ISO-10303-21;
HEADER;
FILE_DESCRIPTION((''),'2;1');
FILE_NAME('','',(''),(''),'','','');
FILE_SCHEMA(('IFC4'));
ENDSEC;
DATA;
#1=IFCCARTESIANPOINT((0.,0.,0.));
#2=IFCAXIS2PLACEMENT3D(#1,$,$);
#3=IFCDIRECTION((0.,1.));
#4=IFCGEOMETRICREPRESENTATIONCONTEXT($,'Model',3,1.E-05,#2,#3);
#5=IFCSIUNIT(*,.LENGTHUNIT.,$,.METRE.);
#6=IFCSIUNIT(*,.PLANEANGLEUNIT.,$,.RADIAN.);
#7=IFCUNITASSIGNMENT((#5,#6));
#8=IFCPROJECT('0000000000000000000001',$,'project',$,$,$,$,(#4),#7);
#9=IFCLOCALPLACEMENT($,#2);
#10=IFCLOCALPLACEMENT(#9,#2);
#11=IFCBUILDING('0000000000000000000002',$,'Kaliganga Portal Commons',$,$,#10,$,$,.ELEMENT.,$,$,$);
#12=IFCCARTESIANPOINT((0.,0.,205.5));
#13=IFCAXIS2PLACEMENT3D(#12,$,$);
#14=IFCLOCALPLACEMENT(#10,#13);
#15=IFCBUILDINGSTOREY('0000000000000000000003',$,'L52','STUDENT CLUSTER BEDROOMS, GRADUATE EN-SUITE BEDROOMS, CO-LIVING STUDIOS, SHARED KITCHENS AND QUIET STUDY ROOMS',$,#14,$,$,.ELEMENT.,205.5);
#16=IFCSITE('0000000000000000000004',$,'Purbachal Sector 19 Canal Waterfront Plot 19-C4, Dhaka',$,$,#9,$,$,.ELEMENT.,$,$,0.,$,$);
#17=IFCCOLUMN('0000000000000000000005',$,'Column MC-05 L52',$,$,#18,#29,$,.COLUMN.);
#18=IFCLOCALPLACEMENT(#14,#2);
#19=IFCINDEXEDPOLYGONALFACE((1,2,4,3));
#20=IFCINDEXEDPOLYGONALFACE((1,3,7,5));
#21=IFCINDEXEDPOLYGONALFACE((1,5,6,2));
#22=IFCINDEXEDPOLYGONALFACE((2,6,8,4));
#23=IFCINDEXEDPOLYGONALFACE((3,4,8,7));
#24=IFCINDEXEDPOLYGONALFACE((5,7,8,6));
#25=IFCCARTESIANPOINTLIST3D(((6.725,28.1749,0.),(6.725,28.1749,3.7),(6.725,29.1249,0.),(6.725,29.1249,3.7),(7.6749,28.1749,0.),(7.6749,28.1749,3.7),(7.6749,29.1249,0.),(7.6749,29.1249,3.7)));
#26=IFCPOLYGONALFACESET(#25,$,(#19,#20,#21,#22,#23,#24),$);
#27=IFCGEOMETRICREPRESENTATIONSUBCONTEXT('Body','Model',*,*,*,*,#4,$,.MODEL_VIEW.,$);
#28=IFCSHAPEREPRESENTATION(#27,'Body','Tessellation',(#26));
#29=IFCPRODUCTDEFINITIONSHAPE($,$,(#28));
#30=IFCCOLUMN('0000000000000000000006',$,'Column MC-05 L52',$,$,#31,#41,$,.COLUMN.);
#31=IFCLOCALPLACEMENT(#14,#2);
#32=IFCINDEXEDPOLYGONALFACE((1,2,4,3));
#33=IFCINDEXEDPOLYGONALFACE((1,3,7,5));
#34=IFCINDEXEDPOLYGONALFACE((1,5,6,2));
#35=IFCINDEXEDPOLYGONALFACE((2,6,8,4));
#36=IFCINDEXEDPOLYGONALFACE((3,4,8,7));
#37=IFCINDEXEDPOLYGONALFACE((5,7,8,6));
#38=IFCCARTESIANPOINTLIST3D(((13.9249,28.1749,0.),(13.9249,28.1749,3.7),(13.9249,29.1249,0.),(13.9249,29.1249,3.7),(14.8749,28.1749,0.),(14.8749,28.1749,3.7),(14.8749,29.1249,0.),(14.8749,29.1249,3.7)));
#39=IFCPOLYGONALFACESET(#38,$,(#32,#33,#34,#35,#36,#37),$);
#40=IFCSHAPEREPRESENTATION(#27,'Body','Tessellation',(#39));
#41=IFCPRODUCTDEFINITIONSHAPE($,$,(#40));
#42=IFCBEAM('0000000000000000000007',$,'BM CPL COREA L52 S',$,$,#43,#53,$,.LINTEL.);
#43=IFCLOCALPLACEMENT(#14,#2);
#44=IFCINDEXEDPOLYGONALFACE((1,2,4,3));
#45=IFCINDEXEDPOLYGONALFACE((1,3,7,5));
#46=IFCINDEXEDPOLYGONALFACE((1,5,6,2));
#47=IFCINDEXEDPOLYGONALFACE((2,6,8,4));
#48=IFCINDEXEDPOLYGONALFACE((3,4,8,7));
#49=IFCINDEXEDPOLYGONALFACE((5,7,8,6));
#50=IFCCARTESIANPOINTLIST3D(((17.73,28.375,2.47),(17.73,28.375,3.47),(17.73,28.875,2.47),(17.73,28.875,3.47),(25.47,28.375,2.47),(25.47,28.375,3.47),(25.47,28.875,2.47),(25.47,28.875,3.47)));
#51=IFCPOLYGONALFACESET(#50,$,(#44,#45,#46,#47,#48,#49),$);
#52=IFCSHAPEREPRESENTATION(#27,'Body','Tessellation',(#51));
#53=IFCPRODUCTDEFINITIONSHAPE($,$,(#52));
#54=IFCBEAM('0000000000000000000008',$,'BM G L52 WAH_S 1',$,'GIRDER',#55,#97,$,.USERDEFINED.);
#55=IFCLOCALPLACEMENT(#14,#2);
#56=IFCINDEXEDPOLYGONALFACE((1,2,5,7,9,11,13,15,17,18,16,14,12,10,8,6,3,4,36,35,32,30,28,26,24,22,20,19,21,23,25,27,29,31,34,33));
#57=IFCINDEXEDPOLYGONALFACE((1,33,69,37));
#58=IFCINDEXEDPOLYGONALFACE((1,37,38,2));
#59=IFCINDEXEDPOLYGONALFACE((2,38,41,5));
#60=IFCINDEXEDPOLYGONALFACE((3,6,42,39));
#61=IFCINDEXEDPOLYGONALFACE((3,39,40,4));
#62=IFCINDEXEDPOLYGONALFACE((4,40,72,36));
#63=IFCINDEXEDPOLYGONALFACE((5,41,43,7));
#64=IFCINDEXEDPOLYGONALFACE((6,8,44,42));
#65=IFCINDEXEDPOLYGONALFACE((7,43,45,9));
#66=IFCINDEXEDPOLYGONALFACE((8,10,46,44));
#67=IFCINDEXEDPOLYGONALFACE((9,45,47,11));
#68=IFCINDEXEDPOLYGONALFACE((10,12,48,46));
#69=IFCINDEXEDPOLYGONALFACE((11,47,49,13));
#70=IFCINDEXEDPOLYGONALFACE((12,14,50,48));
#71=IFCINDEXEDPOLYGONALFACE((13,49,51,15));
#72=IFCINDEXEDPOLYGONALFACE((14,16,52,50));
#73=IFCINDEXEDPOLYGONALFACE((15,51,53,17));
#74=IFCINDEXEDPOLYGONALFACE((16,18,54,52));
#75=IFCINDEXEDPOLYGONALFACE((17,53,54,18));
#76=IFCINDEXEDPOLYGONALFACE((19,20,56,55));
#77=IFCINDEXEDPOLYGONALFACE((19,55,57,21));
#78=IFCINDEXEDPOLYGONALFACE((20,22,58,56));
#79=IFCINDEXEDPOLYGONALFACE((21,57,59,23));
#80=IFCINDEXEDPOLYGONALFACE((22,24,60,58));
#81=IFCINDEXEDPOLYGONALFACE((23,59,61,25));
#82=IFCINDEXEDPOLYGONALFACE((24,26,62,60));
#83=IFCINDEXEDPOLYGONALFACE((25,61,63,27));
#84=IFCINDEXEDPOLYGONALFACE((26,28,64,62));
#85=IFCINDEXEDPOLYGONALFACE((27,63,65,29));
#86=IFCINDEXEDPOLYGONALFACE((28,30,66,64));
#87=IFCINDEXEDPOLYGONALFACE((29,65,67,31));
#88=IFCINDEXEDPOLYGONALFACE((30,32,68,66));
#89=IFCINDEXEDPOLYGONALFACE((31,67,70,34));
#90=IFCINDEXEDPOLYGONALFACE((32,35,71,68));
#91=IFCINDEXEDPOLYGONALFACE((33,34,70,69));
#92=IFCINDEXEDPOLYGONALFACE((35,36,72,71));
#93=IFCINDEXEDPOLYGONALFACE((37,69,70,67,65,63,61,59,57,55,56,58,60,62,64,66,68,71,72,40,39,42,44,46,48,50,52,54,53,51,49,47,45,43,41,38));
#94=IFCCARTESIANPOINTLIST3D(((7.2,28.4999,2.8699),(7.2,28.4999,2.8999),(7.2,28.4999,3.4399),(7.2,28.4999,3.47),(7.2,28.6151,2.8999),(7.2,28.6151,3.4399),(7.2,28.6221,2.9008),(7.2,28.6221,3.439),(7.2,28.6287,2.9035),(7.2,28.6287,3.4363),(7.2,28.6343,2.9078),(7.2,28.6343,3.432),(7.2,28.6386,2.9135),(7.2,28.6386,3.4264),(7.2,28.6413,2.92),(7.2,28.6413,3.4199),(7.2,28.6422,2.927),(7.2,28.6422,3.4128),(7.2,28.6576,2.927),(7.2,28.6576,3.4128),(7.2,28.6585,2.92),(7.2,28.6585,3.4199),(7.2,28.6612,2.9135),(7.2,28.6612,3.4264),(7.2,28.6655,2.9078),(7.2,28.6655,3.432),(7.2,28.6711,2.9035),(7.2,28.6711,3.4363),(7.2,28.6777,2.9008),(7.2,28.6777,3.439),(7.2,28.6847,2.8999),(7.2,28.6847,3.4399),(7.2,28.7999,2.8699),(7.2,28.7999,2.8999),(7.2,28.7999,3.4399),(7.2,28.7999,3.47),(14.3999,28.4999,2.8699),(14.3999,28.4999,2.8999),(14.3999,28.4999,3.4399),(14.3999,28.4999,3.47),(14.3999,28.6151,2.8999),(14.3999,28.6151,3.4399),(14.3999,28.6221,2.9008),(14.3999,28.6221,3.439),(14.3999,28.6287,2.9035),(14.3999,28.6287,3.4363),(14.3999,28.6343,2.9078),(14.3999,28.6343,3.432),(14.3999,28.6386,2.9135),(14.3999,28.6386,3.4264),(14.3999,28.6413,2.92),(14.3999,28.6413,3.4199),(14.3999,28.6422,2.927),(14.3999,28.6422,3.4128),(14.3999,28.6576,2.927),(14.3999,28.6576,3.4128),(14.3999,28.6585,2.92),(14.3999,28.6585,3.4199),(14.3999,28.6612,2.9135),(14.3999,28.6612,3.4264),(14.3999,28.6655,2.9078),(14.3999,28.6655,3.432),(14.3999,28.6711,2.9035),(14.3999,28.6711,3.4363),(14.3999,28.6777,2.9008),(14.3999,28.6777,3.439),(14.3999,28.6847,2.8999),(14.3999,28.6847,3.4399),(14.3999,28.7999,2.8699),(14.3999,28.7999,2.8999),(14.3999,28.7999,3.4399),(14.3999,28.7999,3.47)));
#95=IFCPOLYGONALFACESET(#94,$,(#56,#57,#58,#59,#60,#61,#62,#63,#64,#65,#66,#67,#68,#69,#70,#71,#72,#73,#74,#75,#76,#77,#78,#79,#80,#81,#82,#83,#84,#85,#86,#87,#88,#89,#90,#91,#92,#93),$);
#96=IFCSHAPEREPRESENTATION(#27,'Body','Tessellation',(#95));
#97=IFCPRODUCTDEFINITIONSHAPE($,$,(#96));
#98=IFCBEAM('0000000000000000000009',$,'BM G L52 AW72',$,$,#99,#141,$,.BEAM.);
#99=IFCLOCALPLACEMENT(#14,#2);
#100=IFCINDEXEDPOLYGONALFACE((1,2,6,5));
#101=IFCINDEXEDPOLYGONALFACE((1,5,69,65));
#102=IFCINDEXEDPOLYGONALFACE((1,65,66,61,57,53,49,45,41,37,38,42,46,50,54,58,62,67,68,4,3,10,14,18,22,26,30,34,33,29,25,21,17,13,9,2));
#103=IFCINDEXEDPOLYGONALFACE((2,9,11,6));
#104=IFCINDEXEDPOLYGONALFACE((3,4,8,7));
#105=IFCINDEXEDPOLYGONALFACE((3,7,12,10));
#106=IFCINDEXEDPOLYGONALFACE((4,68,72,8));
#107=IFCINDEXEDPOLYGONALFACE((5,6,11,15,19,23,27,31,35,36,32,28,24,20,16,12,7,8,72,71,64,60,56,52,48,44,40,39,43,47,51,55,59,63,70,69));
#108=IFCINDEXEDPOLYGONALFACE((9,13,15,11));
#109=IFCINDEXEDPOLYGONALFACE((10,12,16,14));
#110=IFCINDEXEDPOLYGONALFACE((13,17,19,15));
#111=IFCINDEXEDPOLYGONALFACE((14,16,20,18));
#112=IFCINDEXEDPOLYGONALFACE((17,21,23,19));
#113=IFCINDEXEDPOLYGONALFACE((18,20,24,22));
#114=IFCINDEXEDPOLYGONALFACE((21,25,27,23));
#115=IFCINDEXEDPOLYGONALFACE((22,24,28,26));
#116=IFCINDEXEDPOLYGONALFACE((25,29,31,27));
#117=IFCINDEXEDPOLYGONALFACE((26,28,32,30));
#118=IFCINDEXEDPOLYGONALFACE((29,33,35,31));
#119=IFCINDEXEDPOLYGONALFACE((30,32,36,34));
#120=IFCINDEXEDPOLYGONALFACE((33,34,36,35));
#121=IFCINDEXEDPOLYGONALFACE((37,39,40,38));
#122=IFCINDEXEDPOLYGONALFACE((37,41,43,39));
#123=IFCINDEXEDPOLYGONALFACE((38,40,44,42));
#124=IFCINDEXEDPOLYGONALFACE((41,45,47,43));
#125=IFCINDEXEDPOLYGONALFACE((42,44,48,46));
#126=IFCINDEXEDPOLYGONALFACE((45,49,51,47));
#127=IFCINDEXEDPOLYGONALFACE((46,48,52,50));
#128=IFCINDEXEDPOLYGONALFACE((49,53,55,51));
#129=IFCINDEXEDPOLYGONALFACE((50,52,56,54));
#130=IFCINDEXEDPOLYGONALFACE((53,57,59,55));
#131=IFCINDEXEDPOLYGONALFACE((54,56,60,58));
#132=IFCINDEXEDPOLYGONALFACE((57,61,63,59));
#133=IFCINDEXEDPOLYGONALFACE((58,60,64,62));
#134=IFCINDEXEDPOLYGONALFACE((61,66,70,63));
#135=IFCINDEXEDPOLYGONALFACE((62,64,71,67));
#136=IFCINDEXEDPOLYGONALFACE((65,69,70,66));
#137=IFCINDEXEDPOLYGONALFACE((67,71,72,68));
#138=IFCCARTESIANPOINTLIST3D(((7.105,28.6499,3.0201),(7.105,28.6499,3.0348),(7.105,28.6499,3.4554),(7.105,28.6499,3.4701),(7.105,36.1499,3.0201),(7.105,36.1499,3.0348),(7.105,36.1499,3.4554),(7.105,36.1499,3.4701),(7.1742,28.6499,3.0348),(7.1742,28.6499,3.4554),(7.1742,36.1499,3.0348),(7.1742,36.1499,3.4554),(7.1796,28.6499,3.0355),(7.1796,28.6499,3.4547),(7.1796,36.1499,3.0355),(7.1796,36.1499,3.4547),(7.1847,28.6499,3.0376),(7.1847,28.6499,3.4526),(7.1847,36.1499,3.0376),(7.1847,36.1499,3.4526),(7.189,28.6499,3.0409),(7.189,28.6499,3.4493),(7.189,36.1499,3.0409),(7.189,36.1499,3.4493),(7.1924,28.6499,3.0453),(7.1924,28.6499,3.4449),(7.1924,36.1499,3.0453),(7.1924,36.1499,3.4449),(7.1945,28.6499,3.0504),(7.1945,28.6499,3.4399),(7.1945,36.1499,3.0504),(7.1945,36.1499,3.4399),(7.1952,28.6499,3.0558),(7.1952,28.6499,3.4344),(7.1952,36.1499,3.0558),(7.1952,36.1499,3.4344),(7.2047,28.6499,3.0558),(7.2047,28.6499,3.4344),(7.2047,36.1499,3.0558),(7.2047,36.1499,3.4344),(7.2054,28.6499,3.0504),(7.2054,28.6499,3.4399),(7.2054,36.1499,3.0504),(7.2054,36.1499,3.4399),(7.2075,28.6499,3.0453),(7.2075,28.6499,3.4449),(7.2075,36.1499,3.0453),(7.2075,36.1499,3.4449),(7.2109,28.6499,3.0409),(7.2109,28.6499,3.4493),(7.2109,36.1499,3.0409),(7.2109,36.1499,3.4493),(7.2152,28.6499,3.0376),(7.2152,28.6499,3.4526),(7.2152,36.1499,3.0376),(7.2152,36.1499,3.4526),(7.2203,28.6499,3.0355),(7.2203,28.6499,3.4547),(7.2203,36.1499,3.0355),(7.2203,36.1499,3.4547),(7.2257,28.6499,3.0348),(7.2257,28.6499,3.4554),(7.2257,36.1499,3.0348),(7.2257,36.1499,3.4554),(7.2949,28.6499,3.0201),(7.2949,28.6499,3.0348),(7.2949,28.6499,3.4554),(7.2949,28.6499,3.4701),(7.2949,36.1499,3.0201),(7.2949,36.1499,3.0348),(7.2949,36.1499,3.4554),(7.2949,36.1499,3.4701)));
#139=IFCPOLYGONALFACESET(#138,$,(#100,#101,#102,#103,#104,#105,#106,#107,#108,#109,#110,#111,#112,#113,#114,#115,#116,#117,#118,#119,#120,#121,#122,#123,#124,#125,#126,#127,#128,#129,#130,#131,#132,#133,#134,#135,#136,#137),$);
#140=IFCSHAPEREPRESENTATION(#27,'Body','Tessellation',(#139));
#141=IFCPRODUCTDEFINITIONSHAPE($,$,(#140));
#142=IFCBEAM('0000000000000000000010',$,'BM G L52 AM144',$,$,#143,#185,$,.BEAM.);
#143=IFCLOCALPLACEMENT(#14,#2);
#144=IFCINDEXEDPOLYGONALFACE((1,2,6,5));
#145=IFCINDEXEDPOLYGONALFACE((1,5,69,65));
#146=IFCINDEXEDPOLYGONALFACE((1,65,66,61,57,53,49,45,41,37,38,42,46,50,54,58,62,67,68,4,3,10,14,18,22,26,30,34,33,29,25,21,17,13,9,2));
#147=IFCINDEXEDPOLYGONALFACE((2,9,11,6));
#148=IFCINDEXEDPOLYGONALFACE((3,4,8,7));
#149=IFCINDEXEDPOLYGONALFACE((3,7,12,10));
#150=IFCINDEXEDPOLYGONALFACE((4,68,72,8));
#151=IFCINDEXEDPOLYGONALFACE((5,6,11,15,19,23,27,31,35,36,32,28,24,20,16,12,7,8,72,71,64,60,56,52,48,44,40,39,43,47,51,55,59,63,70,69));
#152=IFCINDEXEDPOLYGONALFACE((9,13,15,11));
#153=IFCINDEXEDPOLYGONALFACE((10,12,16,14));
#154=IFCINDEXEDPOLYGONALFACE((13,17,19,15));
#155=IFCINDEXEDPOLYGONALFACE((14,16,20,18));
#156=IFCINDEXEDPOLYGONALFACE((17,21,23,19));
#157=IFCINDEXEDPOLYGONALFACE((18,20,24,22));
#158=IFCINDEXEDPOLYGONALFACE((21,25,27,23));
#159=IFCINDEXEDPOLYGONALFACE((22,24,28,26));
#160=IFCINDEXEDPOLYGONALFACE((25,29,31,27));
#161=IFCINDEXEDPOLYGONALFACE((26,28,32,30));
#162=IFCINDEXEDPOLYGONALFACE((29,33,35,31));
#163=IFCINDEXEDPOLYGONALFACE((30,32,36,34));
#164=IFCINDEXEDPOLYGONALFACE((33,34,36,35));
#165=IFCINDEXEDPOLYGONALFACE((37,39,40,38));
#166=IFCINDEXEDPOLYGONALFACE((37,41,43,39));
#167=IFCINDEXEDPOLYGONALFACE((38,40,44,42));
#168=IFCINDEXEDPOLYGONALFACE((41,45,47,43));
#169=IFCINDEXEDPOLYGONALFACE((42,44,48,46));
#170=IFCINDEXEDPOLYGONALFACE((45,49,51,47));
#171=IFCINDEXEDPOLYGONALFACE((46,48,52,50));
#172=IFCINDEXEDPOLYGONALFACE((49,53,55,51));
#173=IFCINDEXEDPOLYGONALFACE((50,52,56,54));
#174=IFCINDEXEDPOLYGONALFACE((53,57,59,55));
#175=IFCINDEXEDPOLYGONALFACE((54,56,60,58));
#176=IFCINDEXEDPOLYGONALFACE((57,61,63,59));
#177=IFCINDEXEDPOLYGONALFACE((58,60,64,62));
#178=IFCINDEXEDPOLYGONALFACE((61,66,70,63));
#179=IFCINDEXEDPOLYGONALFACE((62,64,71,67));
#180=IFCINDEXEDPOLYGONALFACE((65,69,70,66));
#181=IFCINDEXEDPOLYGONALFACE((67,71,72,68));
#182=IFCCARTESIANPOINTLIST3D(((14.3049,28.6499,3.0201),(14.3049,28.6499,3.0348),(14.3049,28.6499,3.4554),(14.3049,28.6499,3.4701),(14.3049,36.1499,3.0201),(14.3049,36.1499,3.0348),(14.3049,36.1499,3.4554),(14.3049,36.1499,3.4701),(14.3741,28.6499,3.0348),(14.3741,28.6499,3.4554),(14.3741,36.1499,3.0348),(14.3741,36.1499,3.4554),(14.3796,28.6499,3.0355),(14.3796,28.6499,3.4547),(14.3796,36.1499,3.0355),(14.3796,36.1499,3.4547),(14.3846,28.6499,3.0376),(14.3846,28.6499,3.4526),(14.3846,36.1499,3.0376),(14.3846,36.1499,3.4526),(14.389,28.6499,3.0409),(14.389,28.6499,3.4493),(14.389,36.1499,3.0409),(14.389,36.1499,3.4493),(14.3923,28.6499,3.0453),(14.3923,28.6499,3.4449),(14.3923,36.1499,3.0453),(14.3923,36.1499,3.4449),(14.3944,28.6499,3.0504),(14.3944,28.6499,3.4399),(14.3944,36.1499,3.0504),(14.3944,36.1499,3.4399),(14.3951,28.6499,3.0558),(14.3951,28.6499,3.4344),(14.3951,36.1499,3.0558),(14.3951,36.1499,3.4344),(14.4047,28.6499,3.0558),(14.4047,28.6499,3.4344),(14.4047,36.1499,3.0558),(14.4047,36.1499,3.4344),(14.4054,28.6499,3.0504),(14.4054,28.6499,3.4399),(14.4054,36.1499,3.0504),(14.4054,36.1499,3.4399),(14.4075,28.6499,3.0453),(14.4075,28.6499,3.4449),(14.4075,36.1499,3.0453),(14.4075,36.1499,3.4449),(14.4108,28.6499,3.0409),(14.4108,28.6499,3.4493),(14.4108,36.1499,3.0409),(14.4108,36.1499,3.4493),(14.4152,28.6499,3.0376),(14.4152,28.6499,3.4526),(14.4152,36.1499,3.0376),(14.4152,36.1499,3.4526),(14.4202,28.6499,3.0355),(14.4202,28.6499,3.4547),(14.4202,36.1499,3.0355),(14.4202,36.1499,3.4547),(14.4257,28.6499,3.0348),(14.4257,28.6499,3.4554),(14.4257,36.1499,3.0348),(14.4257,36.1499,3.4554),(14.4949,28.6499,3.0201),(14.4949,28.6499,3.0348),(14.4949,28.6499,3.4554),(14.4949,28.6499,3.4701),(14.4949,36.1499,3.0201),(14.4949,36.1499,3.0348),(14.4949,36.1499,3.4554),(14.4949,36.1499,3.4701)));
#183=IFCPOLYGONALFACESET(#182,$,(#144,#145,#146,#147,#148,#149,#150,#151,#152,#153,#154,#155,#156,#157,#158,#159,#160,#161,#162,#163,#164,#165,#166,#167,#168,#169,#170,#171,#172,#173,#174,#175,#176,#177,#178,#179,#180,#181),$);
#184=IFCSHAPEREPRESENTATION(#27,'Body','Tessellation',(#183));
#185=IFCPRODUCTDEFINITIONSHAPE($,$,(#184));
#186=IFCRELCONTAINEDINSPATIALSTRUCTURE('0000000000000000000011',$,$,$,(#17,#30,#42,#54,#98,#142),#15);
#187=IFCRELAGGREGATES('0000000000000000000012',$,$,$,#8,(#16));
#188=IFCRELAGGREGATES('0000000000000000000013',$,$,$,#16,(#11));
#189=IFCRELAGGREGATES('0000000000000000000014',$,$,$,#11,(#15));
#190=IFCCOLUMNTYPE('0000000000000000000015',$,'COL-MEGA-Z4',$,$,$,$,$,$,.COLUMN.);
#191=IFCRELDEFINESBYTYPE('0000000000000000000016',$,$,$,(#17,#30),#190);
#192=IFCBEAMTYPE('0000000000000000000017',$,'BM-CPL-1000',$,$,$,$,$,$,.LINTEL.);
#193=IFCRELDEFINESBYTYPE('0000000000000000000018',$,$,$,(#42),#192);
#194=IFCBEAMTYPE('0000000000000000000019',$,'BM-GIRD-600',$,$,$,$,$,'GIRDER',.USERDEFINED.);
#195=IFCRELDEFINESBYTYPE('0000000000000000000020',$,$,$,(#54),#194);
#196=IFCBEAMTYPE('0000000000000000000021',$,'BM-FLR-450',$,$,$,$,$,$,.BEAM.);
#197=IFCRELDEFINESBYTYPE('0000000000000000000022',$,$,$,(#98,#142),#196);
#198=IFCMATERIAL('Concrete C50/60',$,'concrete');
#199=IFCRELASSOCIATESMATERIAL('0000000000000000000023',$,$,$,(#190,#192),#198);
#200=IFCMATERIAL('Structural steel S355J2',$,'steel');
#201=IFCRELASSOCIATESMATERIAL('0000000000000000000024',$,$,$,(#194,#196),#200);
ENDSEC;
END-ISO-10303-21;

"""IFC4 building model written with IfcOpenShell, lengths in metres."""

from ifc_helpers import new_model, si_unit, direction, frame, origin, origin_2d, place, context, subcontext, project, spatial, rectangle, i_section, extrude, source, transform, mapped, material, material_profile, profile_set, type_object, element, save


model = new_model("IFC4")

# Units and contexts
model_context = context("Model", 3, precision=1e-05, world=origin(), true_north=direction((0.0, 1.0)))
body_context = subcontext(model_context, "Body", "Model", "MODEL_VIEW")
ifc_project = project(units=[si_unit("LENGTHUNIT", "METRE"), si_unit("PLANEANGLEUNIT", "RADIAN")], contexts=[model_context])

# Site, building, storey
site_placement = place(None, origin())
site = spatial("IfcSite", under=ifc_project, at=site_placement, Name="Purbachal Sector 19 Canal Waterfront Plot 19-C4, Dhaka", CompositionType="ELEMENT", RefElevation=0.0)
building_placement = place(site_placement, origin())
building = spatial("IfcBuilding", under=site, at=building_placement, Name="Kaliganga Portal Commons", CompositionType="ELEMENT")
storey_placement = place(building_placement, frame((0.0, 0.0, 205.5)))
storey = spatial("IfcBuildingStorey", under=building, at=storey_placement, Name="L52", Description="STUDENT CLUSTER BEDROOMS, GRADUATE EN-SUITE BEDROOMS, CO-LIVING STUDIOS, SHARED KITCHENS AND QUIET STUDY ROOMS", CompositionType="ELEMENT", Elevation=205.5)

# Columns
ifc_material_1 = material(Name="Concrete C50/60", Category="concrete")
ifc_material_profile_1 = material_profile(ifc_material_1, rectangle(XDim=0.95, YDim=0.95, at=origin_2d()), Name="RC 950x950")
ifc_profile_set_1 = profile_set([ifc_material_profile_1], Name="Concrete C50/60")
column_type = type_object("IfcColumnType", Name="COL-MEGA-Z4", PredefinedType="COLUMN", material=ifc_profile_set_1)
shared_shape_1 = source(origin(), body_context, "Body", "SweptSolid", [
    extrude(rectangle(XDim=0.95, YDim=0.95, at=origin_2d()), origin(), (0.0, 0.0, 1.0), 3.7),
])
for number, where, z_axis, x_axis, name in (
    (1, (7.2, 28.6499, 0.0), (0.0, 0.0, 1.0), (1.0, 0.0, 0.0), "Column MC-05 L52"),
    (2, (14.3999, 28.6499, 0.0), (0.0, 0.0, 1.0), (1.0, 0.0, 0.0), "Column MC-05 L52"),
):
    element("IfcColumn", number, at=place(storey_placement, frame(where, z_axis=z_axis, x_axis=x_axis)), inside=storey, type_object=column_type, Name=name, PredefinedType="COLUMN", context=body_context, shape_type="MappedRepresentation", body=[
        mapped(shared_shape_1, transform((0.0, 0.0, 0.0), x_axis=(1.0, 0.0, 0.0), y_axis=(0.0, 1.0, 0.0), z_axis=(0.0, 0.0, 1.0), scale=1.0)),
    ])

# Beams
ifc_material_profile_2 = material_profile(ifc_material_1, rectangle(XDim=0.5, YDim=1.0, at=origin_2d()), Name="RC 500x1000")
ifc_profile_set_2 = profile_set([ifc_material_profile_2], Name="Concrete C50/60")
beam_type_1 = type_object("IfcBeamType", Name="BM-CPL-1000", PredefinedType="LINTEL", material=ifc_profile_set_2)
shared_shape_2 = source(origin(), body_context, "Body", "SweptSolid", [
    extrude(rectangle(XDim=0.5, YDim=1.0, at=origin_2d()), origin(), (0.0, 0.0, 1.0), 7.74),
])
beam_1_placement = place(storey_placement, frame((17.73, 28.625, 2.97), z_axis=(1.0, 0.0, 0.0), x_axis=(0.0, 1.0, 0.0)))
element("IfcBeam", 3, at=beam_1_placement, inside=storey, type_object=beam_type_1, Name="BM CPL COREA L52 S", PredefinedType="LINTEL", context=body_context, shape_type="MappedRepresentation", body=[
    mapped(shared_shape_2, transform((0.0, 0.0, 0.0), x_axis=(1.0, 0.0, 0.0), y_axis=(0.0, 1.0, 0.0), z_axis=(0.0, 0.0, 1.0), scale=1.0)),
])
ifc_material_2 = material(Name="Structural steel S355J2", Category="steel")
ifc_material_profile_3 = material_profile(ifc_material_2, i_section(OverallWidth=0.3, OverallDepth=0.6001, WebThickness=0.0154, FlangeThickness=0.03, FilletRadius=0.0271, at=origin_2d()), Name="HE 600 B")
ifc_profile_set_3 = profile_set([ifc_material_profile_3], Name="Structural steel S355J2 wide-flange")
beam_type_2 = type_object("IfcBeamType", Name="BM-GIRD-600", ElementType="GIRDER", PredefinedType="USERDEFINED", material=ifc_profile_set_3)
shared_shape_3 = source(origin(), body_context, "Body", "SweptSolid", [
    extrude(i_section(OverallWidth=0.3, OverallDepth=0.6001, WebThickness=0.0154, FlangeThickness=0.03, FilletRadius=0.0271, at=origin_2d()), origin(), (0.0, 0.0, 1.0), 7.2),
])
beam_2_placement = place(storey_placement, frame((7.2, 28.6499, 3.1699), z_axis=(1.0, 0.0, 0.0), x_axis=(0.0, 1.0, 0.0)))
element("IfcBeam", 4, at=beam_2_placement, inside=storey, type_object=beam_type_2, Name="BM G L52 WAH_S 1", ObjectType="GIRDER", PredefinedType="USERDEFINED", context=body_context, shape_type="MappedRepresentation", body=[
    mapped(shared_shape_3, transform((0.0, 0.0, 0.0), x_axis=(1.0, 0.0, 0.0), y_axis=(0.0, 1.0, 0.0), z_axis=(0.0, 0.0, 1.0), scale=1.0)),
])
ifc_material_profile_4 = material_profile(ifc_material_2, i_section(OverallWidth=0.1899, OverallDepth=0.45, WebThickness=0.0095, FlangeThickness=0.0146, FilletRadius=0.021, at=origin_2d()), Name="IPE 450")
ifc_profile_set_4 = profile_set([ifc_material_profile_4], Name="Structural steel S355J2 wide-flange")
beam_type_3 = type_object("IfcBeamType", Name="BM-FLR-450", PredefinedType="BEAM", material=ifc_profile_set_4)
shared_shape_4 = source(origin(), body_context, "Body", "SweptSolid", [
    extrude(i_section(OverallWidth=0.1899, OverallDepth=0.45, WebThickness=0.0095, FlangeThickness=0.0146, FilletRadius=0.021, at=origin_2d()), origin(), (0.0, 0.0, 1.0), 7.5),
])
for number, where, z_axis, x_axis, name in (
    (5, (7.2, 28.6499, 3.2451), (0.0, 1.0, 0.0), (-1.0, 0.0, 0.0), "BM G L52 AW72"),
    (6, (14.3999, 28.6499, 3.2451), (0.0, 1.0, 0.0), (-1.0, 0.0, 0.0), "BM G L52 AM144"),
):
    element("IfcBeam", number, at=place(storey_placement, frame(where, z_axis=z_axis, x_axis=x_axis)), inside=storey, type_object=beam_type_3, Name=name, PredefinedType="BEAM", context=body_context, shape_type="MappedRepresentation", body=[
        mapped(shared_shape_4, transform((0.0, 0.0, 0.0), x_axis=(1.0, 0.0, 0.0), y_axis=(0.0, 1.0, 0.0), z_axis=(0.0, 0.0, 1.0), scale=1.0)),
    ])

save(model, "model.ifc")
